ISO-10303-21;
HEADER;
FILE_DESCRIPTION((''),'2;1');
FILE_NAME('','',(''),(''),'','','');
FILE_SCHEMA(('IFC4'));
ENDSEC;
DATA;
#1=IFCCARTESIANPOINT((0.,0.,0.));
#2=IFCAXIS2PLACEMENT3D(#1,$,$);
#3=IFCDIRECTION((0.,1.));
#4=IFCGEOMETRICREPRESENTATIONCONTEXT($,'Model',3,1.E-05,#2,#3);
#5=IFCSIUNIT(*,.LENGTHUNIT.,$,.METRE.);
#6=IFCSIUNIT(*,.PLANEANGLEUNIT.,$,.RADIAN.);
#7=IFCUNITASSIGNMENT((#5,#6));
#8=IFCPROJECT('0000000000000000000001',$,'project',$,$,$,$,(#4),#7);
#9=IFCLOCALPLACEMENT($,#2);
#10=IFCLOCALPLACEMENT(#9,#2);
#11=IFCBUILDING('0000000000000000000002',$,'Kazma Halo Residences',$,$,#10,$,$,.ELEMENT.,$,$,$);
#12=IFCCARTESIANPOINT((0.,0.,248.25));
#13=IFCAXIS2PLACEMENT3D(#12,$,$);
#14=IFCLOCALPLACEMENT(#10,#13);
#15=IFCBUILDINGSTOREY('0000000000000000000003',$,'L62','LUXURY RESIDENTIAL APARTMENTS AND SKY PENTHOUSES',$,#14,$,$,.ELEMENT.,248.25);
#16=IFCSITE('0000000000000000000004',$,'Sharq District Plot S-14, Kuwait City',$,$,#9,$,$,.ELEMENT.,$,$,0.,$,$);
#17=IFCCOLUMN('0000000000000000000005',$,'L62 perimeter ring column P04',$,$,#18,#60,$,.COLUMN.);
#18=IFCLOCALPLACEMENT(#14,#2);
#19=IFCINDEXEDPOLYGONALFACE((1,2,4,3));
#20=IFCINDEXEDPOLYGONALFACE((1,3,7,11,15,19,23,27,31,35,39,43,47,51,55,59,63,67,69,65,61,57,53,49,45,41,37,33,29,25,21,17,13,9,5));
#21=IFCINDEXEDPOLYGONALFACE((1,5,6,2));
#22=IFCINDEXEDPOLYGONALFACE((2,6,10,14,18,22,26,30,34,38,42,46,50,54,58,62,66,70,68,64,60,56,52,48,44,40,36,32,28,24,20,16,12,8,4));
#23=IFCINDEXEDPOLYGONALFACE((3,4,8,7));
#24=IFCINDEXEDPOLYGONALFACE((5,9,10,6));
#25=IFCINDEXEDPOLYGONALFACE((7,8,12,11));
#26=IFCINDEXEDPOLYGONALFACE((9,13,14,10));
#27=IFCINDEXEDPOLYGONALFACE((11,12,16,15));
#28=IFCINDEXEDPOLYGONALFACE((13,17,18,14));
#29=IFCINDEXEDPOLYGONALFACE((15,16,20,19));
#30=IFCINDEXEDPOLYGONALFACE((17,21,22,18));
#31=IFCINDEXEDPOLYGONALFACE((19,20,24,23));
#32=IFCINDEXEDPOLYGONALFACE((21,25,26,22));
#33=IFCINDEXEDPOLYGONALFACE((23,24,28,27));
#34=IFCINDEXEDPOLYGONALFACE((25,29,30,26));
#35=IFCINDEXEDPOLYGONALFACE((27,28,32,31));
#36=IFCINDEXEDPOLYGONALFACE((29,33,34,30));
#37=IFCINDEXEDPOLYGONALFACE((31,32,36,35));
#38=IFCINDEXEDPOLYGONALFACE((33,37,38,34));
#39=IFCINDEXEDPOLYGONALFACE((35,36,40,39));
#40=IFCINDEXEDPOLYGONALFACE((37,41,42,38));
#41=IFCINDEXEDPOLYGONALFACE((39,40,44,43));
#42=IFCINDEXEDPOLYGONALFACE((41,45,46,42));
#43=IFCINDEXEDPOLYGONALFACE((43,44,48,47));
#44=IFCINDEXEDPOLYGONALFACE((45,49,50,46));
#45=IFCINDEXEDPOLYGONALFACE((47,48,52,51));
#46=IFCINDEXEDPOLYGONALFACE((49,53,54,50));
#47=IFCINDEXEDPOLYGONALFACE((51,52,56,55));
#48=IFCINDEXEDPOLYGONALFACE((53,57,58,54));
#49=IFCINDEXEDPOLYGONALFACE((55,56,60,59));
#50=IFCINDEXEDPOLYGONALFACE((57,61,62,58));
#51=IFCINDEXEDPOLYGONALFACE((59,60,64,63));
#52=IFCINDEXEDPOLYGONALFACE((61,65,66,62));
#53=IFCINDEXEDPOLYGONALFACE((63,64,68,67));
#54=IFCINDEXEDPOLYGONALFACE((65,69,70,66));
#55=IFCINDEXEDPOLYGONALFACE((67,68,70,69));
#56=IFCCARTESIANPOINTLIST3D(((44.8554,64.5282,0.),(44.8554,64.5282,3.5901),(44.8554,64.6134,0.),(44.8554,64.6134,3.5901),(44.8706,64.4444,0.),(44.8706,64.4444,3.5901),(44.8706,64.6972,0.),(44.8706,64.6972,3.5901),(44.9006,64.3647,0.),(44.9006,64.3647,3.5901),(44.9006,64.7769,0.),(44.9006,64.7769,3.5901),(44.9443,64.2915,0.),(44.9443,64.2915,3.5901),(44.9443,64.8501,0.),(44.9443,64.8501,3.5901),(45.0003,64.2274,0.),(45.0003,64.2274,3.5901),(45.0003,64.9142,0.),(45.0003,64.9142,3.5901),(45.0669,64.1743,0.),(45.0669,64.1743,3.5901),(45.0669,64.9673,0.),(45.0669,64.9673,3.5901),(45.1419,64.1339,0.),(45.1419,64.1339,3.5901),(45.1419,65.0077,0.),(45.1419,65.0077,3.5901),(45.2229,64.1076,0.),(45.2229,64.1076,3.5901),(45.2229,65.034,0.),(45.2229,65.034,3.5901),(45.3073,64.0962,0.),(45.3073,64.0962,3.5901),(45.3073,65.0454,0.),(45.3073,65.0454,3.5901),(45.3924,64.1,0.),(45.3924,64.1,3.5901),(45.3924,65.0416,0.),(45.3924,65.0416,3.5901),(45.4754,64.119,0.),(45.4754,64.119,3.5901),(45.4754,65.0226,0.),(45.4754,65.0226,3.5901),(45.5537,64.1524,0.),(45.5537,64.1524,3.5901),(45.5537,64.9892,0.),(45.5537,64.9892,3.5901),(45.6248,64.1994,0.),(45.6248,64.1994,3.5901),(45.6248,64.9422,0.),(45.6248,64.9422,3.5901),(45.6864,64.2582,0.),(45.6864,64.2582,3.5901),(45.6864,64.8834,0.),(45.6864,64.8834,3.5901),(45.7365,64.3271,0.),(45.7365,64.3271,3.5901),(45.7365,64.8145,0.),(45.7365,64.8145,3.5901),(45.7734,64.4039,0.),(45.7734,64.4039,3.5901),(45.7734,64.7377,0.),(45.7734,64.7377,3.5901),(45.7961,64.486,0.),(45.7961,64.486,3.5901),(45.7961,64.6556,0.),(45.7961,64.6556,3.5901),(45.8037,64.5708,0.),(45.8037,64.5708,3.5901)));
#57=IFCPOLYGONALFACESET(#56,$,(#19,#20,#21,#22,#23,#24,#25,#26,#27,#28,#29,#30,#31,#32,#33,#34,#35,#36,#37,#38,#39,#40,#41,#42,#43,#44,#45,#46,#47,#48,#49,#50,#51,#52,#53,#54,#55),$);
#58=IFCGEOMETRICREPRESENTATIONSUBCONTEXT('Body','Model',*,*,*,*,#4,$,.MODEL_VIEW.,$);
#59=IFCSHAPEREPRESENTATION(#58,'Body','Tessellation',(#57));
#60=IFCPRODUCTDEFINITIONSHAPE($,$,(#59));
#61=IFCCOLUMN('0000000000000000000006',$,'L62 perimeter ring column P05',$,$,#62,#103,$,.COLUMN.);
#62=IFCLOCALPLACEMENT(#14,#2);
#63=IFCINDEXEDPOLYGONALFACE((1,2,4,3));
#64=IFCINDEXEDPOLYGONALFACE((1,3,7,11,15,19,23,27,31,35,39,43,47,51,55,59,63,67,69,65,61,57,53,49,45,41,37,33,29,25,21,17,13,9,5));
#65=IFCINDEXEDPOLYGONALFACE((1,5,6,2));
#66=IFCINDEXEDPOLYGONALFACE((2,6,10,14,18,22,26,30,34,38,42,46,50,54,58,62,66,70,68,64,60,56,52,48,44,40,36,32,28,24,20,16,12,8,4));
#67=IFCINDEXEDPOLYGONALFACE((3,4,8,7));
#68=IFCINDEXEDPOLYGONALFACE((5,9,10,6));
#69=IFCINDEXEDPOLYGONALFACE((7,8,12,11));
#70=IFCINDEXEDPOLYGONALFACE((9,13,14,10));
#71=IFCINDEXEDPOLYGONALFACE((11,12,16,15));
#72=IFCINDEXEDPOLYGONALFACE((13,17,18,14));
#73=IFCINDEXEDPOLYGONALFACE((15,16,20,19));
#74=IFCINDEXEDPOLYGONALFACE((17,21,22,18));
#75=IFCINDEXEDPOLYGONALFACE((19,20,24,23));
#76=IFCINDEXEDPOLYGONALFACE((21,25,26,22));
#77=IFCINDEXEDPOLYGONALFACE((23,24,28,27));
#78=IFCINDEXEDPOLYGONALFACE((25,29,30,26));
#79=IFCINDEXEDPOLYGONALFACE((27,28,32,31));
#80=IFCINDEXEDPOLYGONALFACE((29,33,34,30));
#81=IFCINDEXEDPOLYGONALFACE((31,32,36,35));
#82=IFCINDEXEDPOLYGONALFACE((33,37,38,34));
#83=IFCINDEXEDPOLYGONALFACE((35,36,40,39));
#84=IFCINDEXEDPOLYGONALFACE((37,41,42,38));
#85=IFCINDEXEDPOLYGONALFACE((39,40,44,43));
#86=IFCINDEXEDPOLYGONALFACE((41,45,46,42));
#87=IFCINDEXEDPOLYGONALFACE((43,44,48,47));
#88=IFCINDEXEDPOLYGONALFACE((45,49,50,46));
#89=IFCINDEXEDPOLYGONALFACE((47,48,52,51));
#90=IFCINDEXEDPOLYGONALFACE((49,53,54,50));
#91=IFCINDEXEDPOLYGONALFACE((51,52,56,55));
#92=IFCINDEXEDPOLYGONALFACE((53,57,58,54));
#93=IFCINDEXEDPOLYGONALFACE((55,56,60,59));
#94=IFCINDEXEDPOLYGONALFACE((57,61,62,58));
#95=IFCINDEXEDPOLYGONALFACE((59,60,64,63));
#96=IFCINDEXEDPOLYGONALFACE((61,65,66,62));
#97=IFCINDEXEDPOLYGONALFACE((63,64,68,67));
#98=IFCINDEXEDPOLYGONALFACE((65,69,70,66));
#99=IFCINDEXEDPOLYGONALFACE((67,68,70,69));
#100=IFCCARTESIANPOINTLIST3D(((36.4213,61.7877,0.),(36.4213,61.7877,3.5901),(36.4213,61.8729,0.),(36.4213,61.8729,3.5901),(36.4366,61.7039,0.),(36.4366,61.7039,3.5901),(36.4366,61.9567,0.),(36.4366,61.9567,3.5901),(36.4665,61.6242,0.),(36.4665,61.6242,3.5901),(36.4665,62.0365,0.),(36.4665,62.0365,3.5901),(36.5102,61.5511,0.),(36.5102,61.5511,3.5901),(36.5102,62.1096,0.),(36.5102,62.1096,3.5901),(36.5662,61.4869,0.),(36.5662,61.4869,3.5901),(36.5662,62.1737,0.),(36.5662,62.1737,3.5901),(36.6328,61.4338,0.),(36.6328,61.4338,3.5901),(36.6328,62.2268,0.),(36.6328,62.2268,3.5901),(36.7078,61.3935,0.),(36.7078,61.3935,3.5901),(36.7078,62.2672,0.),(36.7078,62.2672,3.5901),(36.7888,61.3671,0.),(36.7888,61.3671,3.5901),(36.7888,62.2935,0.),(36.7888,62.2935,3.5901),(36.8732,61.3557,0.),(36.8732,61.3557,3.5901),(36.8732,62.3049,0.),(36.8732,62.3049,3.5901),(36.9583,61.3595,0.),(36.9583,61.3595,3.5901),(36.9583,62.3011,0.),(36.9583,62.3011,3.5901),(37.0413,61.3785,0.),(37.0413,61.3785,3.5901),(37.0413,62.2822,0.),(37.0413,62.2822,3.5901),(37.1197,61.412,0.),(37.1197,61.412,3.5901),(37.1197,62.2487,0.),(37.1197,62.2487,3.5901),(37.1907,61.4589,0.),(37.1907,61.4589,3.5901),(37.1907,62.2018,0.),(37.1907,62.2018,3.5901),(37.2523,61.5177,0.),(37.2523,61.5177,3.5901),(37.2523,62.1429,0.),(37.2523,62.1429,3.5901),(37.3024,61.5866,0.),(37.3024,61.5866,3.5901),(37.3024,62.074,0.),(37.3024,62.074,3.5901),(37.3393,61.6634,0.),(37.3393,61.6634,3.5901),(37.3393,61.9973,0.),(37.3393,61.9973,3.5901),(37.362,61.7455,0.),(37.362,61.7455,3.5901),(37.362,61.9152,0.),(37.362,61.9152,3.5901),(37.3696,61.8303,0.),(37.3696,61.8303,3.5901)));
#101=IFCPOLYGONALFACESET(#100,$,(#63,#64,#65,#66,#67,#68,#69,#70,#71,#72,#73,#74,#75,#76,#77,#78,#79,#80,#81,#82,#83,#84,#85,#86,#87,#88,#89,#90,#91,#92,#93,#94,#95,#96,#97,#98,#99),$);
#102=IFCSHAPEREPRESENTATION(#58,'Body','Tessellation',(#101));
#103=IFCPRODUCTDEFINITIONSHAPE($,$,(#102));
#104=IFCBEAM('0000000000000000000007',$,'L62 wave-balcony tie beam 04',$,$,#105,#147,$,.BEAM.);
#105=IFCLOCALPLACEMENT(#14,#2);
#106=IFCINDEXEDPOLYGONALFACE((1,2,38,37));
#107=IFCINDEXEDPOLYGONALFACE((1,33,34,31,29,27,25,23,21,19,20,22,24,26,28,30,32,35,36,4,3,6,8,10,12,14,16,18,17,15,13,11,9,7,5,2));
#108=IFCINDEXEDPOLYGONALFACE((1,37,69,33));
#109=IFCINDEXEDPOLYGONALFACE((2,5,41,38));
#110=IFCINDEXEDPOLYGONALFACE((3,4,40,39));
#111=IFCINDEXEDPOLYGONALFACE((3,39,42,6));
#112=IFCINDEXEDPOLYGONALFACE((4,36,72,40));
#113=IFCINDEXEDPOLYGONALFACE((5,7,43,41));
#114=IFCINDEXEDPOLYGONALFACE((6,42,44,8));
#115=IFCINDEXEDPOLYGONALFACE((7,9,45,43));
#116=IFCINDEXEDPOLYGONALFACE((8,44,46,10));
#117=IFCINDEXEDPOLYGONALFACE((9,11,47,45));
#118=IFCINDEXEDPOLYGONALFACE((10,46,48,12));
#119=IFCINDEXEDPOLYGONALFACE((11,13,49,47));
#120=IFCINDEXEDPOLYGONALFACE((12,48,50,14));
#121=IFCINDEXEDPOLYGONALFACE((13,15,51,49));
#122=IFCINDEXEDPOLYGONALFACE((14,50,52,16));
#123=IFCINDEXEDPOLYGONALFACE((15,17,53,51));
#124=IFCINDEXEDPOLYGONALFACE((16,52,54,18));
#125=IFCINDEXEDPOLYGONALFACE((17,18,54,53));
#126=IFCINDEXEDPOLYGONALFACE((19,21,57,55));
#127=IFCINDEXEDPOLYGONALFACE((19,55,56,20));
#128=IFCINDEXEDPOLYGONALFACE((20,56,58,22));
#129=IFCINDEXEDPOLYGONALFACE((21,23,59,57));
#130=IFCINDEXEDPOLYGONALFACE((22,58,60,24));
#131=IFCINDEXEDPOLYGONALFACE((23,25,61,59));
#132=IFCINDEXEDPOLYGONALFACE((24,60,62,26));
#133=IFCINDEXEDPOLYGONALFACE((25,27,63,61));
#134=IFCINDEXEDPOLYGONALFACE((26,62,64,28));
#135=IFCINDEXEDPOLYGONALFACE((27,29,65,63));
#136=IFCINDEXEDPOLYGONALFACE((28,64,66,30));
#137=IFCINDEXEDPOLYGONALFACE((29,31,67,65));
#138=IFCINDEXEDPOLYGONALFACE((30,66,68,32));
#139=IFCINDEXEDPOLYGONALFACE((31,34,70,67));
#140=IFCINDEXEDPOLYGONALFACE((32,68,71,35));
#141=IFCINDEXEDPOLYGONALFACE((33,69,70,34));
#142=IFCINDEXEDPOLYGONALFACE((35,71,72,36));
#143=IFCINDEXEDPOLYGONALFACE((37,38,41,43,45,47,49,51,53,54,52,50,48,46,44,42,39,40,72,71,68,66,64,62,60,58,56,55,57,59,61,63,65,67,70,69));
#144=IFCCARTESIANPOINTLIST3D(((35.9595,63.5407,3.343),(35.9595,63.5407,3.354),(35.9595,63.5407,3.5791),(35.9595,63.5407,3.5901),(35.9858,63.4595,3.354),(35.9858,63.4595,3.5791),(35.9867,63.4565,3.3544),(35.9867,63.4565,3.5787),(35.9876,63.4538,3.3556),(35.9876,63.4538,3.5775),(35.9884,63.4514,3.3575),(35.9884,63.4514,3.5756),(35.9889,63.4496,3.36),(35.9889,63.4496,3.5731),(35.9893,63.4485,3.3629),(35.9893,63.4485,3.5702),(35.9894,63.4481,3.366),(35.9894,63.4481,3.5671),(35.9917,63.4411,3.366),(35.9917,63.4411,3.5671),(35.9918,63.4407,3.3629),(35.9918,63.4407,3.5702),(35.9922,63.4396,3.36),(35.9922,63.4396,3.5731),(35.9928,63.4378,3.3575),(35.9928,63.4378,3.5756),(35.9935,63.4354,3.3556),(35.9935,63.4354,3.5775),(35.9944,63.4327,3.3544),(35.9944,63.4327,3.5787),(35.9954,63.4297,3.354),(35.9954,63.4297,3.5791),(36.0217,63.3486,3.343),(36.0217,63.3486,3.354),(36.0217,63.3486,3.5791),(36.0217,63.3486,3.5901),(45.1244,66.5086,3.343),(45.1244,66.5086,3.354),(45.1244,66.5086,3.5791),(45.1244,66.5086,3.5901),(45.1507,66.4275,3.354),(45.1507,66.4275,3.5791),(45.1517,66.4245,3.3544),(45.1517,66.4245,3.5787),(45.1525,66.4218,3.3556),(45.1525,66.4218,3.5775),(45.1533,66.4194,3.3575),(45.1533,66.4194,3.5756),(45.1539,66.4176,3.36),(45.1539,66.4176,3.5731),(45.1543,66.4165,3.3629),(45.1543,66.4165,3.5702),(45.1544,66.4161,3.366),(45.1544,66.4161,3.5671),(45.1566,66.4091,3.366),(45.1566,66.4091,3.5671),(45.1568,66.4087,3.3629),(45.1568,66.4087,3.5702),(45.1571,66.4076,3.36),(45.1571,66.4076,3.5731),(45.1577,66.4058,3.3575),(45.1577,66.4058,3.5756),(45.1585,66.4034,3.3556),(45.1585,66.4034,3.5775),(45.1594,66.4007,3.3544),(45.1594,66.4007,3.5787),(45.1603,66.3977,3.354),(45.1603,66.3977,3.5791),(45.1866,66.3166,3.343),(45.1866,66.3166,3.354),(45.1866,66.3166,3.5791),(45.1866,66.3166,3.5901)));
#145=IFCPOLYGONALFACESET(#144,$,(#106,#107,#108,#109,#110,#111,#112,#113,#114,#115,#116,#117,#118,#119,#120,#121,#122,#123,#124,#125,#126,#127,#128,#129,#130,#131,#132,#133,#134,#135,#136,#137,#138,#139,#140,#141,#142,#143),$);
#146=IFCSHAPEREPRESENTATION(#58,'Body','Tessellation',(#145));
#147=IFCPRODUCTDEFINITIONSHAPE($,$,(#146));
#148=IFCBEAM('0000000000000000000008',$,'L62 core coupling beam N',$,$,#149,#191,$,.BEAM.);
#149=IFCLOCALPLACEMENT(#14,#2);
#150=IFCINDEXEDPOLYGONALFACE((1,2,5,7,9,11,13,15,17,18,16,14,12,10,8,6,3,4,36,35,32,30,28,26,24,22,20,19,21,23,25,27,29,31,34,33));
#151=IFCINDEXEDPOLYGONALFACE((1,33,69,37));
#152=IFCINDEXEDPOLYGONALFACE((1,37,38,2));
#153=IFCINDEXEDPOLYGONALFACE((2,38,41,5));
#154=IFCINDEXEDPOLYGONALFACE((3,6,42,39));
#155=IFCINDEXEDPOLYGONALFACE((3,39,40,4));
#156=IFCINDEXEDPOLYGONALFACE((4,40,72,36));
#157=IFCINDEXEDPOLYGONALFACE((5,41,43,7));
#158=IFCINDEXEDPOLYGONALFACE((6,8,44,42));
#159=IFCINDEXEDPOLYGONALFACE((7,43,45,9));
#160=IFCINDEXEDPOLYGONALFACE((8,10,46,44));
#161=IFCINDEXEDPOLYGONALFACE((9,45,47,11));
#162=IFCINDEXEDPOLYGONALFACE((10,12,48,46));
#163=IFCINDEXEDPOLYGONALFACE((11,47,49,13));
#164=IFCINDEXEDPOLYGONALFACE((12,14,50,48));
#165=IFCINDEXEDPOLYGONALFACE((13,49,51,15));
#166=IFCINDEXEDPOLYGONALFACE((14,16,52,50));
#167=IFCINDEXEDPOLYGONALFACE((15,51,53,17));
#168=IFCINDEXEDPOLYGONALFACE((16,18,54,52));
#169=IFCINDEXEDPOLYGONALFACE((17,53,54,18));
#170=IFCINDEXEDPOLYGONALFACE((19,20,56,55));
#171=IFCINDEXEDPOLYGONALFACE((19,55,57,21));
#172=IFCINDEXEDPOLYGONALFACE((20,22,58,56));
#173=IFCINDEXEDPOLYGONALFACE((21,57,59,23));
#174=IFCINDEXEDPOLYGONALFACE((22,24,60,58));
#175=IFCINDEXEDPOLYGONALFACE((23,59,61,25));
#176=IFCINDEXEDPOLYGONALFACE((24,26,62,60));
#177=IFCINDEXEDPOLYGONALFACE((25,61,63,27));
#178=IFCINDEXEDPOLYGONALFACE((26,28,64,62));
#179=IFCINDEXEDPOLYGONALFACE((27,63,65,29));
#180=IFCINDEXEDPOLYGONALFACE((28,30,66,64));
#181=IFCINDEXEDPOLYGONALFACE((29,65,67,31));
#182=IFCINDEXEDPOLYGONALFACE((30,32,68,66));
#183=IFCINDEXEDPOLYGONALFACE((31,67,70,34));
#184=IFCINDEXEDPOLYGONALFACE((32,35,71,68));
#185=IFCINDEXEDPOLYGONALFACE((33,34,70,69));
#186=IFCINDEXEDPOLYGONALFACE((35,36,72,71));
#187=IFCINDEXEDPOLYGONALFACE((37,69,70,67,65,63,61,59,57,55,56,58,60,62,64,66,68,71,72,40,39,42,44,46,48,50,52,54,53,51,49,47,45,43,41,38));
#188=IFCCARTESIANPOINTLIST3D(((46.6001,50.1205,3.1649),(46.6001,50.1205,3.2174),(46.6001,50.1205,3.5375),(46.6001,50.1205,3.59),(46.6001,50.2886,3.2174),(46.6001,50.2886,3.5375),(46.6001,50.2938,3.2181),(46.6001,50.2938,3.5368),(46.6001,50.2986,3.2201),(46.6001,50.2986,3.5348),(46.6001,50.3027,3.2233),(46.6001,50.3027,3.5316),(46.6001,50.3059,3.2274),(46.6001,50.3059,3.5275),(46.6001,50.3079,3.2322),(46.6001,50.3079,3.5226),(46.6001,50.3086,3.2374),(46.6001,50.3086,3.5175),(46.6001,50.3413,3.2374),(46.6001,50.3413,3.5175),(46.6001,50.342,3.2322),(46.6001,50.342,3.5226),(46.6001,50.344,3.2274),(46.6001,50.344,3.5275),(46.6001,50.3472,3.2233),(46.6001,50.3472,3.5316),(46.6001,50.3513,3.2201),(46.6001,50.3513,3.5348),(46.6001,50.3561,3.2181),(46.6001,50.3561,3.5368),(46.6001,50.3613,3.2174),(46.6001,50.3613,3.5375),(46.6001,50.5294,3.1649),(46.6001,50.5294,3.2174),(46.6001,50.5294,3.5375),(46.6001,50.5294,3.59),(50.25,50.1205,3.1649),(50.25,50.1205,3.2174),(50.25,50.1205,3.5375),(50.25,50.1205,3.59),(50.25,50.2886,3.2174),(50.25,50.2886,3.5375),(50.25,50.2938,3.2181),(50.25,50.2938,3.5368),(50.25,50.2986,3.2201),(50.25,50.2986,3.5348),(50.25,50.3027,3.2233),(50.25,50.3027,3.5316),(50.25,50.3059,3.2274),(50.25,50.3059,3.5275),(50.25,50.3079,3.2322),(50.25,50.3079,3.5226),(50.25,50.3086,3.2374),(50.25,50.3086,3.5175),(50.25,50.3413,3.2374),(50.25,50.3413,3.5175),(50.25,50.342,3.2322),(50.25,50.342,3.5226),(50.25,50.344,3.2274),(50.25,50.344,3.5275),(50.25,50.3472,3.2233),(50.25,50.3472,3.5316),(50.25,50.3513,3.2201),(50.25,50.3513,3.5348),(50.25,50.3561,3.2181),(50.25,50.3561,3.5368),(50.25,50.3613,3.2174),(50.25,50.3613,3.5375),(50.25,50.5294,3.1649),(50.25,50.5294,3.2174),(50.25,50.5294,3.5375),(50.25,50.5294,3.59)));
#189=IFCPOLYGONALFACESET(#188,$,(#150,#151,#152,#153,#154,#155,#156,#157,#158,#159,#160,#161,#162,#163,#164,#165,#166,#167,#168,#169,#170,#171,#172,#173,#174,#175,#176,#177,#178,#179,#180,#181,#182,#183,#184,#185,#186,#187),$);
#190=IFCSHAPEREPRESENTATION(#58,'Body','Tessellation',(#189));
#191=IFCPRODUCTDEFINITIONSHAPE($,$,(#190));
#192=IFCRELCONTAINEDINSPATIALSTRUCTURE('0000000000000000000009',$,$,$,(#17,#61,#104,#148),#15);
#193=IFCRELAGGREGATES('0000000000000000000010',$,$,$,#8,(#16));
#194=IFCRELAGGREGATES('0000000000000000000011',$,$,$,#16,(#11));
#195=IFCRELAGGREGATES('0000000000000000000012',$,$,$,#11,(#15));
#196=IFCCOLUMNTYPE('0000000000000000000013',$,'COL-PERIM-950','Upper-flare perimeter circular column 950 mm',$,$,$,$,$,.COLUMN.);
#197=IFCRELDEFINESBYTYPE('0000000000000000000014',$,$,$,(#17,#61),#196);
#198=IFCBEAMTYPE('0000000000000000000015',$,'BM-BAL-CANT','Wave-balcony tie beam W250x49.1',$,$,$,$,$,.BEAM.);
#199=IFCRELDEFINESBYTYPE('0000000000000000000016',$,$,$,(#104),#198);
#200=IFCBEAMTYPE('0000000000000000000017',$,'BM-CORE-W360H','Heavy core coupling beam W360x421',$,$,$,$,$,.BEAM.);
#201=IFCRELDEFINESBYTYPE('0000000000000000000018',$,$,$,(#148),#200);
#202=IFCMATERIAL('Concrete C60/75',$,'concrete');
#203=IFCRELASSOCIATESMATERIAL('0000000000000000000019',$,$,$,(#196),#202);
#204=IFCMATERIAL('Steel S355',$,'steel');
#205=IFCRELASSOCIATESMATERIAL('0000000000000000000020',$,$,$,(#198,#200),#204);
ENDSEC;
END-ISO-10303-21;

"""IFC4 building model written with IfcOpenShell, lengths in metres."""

from ifc_helpers import new_model, si_unit, direction, frame, origin, origin_2d, place, context, subcontext, project, spatial, circle, i_section, extrude, material, material_profile, profile_set, type_object, element, save


model = new_model("IFC4")

# Units and contexts
model_context = context("Model", 3, precision=1e-05, world=origin(), true_north=direction((0.0, 1.0)))
body_context = subcontext(model_context, "Body", "Model", "MODEL_VIEW")
ifc_project = project(units=[si_unit("LENGTHUNIT", "METRE"), si_unit("PLANEANGLEUNIT", "RADIAN")], contexts=[model_context])

# Site, building, storey
site_placement = place(None, origin())
site = spatial("IfcSite", under=ifc_project, at=site_placement, Name="Sharq District Plot S-14, Kuwait City", CompositionType="ELEMENT", RefElevation=0.0)
building_placement = place(site_placement, origin())
building = spatial("IfcBuilding", under=site, at=building_placement, Name="Kazma Halo Residences", CompositionType="ELEMENT")
storey_placement = place(building_placement, frame((0.0, 0.0, 248.25)))
storey = spatial("IfcBuildingStorey", under=building, at=storey_placement, Name="L62", Description="LUXURY RESIDENTIAL APARTMENTS AND SKY PENTHOUSES", CompositionType="ELEMENT", Elevation=248.25)

# Columns
ifc_material_1 = material(Name="Concrete C60/75", Category="concrete")
ifc_material_profile_1 = material_profile(ifc_material_1, circle(Radius=0.4751, at=origin_2d()), Name="CIRC950")
ifc_profile_set_1 = profile_set([ifc_material_profile_1], Name="Concrete C60/75")
column_type = type_object("IfcColumnType", Name="COL-PERIM-950", Description="Upper-flare perimeter circular column 950 mm", PredefinedType="COLUMN", material=ifc_profile_set_1)
for number, where, z_axis, x_axis, name in (
    (1, (45.3286, 64.5708, 0.0), (0.0, 0.0, 1.0), (1.0, 0.0, 0.0), "L62 perimeter ring column P04"),
    (2, (36.8945, 61.8303, 0.0), (0.0, 0.0, 1.0), (1.0, 0.0, 0.0), "L62 perimeter ring column P05"),
):
    element("IfcColumn", number, at=place(storey_placement, frame(where, z_axis=z_axis, x_axis=x_axis)), inside=storey, type_object=column_type, Name=name, PredefinedType="COLUMN", context=body_context, shape_type="SweptSolid", body=[
        extrude(circle(Radius=0.4751, at=origin_2d()), origin(), (0.0, 0.0, 1.0), 3.5901),
    ])

# Beams
ifc_material_2 = material(Name="Steel S355", Category="steel")
ifc_material_profile_2 = material_profile(ifc_material_2, i_section(OverallWidth=0.2019, OverallDepth=0.2471, WebThickness=0.0073, FlangeThickness=0.011, FilletRadius=0.012, at=origin_2d()), Name="W250x49.1")
ifc_profile_set_2 = profile_set([ifc_material_profile_2], Name="Steel S355")
beam_type_1 = type_object("IfcBeamType", Name="BM-BAL-CANT", Description="Wave-balcony tie beam W250x49.1", PredefinedType="BEAM", material=ifc_profile_set_2)
beam_1_placement = place(storey_placement, frame((45.1555, 66.4126, 3.4666), z_axis=(-0.951358, -0.308089, 0.0), x_axis=(0.308089, -0.951358, 0.0)))
element("IfcBeam", 3, at=beam_1_placement, inside=storey, type_object=beam_type_1, Name="L62 wave-balcony tie beam 04", PredefinedType="BEAM", context=body_context, shape_type="SweptSolid", body=[
    extrude(i_section(OverallWidth=0.2019, OverallDepth=0.2471, WebThickness=0.0073, FlangeThickness=0.011, FilletRadius=0.012, at=origin_2d()), origin(), (0.0, 0.0, 1.0), 9.6335),
])
ifc_material_profile_3 = material_profile(ifc_material_2, i_section(OverallWidth=0.4089, OverallDepth=0.425, WebThickness=0.0327, FlangeThickness=0.0525, FilletRadius=0.02, at=origin_2d()), Name="W360x421")
ifc_profile_set_3 = profile_set([ifc_material_profile_3], Name="Steel S355")
beam_type_2 = type_object("IfcBeamType", Name="BM-CORE-W360H", Description="Heavy core coupling beam W360x421", PredefinedType="BEAM", material=ifc_profile_set_3)
beam_2_placement = place(storey_placement, frame((46.6001, 50.325, 3.3774), z_axis=(1.0, 0.0, 0.0), x_axis=(0.0, 1.0, 0.0)))
element("IfcBeam", 4, at=beam_2_placement, inside=storey, type_object=beam_type_2, Name="L62 core coupling beam N", PredefinedType="BEAM", context=body_context, shape_type="SweptSolid", body=[
    extrude(i_section(OverallWidth=0.4089, OverallDepth=0.425, WebThickness=0.0327, FlangeThickness=0.0525, FilletRadius=0.02, at=origin_2d()), origin(), (0.0, 0.0, 1.0), 3.6499),
])

save(model, "model.ifc")
